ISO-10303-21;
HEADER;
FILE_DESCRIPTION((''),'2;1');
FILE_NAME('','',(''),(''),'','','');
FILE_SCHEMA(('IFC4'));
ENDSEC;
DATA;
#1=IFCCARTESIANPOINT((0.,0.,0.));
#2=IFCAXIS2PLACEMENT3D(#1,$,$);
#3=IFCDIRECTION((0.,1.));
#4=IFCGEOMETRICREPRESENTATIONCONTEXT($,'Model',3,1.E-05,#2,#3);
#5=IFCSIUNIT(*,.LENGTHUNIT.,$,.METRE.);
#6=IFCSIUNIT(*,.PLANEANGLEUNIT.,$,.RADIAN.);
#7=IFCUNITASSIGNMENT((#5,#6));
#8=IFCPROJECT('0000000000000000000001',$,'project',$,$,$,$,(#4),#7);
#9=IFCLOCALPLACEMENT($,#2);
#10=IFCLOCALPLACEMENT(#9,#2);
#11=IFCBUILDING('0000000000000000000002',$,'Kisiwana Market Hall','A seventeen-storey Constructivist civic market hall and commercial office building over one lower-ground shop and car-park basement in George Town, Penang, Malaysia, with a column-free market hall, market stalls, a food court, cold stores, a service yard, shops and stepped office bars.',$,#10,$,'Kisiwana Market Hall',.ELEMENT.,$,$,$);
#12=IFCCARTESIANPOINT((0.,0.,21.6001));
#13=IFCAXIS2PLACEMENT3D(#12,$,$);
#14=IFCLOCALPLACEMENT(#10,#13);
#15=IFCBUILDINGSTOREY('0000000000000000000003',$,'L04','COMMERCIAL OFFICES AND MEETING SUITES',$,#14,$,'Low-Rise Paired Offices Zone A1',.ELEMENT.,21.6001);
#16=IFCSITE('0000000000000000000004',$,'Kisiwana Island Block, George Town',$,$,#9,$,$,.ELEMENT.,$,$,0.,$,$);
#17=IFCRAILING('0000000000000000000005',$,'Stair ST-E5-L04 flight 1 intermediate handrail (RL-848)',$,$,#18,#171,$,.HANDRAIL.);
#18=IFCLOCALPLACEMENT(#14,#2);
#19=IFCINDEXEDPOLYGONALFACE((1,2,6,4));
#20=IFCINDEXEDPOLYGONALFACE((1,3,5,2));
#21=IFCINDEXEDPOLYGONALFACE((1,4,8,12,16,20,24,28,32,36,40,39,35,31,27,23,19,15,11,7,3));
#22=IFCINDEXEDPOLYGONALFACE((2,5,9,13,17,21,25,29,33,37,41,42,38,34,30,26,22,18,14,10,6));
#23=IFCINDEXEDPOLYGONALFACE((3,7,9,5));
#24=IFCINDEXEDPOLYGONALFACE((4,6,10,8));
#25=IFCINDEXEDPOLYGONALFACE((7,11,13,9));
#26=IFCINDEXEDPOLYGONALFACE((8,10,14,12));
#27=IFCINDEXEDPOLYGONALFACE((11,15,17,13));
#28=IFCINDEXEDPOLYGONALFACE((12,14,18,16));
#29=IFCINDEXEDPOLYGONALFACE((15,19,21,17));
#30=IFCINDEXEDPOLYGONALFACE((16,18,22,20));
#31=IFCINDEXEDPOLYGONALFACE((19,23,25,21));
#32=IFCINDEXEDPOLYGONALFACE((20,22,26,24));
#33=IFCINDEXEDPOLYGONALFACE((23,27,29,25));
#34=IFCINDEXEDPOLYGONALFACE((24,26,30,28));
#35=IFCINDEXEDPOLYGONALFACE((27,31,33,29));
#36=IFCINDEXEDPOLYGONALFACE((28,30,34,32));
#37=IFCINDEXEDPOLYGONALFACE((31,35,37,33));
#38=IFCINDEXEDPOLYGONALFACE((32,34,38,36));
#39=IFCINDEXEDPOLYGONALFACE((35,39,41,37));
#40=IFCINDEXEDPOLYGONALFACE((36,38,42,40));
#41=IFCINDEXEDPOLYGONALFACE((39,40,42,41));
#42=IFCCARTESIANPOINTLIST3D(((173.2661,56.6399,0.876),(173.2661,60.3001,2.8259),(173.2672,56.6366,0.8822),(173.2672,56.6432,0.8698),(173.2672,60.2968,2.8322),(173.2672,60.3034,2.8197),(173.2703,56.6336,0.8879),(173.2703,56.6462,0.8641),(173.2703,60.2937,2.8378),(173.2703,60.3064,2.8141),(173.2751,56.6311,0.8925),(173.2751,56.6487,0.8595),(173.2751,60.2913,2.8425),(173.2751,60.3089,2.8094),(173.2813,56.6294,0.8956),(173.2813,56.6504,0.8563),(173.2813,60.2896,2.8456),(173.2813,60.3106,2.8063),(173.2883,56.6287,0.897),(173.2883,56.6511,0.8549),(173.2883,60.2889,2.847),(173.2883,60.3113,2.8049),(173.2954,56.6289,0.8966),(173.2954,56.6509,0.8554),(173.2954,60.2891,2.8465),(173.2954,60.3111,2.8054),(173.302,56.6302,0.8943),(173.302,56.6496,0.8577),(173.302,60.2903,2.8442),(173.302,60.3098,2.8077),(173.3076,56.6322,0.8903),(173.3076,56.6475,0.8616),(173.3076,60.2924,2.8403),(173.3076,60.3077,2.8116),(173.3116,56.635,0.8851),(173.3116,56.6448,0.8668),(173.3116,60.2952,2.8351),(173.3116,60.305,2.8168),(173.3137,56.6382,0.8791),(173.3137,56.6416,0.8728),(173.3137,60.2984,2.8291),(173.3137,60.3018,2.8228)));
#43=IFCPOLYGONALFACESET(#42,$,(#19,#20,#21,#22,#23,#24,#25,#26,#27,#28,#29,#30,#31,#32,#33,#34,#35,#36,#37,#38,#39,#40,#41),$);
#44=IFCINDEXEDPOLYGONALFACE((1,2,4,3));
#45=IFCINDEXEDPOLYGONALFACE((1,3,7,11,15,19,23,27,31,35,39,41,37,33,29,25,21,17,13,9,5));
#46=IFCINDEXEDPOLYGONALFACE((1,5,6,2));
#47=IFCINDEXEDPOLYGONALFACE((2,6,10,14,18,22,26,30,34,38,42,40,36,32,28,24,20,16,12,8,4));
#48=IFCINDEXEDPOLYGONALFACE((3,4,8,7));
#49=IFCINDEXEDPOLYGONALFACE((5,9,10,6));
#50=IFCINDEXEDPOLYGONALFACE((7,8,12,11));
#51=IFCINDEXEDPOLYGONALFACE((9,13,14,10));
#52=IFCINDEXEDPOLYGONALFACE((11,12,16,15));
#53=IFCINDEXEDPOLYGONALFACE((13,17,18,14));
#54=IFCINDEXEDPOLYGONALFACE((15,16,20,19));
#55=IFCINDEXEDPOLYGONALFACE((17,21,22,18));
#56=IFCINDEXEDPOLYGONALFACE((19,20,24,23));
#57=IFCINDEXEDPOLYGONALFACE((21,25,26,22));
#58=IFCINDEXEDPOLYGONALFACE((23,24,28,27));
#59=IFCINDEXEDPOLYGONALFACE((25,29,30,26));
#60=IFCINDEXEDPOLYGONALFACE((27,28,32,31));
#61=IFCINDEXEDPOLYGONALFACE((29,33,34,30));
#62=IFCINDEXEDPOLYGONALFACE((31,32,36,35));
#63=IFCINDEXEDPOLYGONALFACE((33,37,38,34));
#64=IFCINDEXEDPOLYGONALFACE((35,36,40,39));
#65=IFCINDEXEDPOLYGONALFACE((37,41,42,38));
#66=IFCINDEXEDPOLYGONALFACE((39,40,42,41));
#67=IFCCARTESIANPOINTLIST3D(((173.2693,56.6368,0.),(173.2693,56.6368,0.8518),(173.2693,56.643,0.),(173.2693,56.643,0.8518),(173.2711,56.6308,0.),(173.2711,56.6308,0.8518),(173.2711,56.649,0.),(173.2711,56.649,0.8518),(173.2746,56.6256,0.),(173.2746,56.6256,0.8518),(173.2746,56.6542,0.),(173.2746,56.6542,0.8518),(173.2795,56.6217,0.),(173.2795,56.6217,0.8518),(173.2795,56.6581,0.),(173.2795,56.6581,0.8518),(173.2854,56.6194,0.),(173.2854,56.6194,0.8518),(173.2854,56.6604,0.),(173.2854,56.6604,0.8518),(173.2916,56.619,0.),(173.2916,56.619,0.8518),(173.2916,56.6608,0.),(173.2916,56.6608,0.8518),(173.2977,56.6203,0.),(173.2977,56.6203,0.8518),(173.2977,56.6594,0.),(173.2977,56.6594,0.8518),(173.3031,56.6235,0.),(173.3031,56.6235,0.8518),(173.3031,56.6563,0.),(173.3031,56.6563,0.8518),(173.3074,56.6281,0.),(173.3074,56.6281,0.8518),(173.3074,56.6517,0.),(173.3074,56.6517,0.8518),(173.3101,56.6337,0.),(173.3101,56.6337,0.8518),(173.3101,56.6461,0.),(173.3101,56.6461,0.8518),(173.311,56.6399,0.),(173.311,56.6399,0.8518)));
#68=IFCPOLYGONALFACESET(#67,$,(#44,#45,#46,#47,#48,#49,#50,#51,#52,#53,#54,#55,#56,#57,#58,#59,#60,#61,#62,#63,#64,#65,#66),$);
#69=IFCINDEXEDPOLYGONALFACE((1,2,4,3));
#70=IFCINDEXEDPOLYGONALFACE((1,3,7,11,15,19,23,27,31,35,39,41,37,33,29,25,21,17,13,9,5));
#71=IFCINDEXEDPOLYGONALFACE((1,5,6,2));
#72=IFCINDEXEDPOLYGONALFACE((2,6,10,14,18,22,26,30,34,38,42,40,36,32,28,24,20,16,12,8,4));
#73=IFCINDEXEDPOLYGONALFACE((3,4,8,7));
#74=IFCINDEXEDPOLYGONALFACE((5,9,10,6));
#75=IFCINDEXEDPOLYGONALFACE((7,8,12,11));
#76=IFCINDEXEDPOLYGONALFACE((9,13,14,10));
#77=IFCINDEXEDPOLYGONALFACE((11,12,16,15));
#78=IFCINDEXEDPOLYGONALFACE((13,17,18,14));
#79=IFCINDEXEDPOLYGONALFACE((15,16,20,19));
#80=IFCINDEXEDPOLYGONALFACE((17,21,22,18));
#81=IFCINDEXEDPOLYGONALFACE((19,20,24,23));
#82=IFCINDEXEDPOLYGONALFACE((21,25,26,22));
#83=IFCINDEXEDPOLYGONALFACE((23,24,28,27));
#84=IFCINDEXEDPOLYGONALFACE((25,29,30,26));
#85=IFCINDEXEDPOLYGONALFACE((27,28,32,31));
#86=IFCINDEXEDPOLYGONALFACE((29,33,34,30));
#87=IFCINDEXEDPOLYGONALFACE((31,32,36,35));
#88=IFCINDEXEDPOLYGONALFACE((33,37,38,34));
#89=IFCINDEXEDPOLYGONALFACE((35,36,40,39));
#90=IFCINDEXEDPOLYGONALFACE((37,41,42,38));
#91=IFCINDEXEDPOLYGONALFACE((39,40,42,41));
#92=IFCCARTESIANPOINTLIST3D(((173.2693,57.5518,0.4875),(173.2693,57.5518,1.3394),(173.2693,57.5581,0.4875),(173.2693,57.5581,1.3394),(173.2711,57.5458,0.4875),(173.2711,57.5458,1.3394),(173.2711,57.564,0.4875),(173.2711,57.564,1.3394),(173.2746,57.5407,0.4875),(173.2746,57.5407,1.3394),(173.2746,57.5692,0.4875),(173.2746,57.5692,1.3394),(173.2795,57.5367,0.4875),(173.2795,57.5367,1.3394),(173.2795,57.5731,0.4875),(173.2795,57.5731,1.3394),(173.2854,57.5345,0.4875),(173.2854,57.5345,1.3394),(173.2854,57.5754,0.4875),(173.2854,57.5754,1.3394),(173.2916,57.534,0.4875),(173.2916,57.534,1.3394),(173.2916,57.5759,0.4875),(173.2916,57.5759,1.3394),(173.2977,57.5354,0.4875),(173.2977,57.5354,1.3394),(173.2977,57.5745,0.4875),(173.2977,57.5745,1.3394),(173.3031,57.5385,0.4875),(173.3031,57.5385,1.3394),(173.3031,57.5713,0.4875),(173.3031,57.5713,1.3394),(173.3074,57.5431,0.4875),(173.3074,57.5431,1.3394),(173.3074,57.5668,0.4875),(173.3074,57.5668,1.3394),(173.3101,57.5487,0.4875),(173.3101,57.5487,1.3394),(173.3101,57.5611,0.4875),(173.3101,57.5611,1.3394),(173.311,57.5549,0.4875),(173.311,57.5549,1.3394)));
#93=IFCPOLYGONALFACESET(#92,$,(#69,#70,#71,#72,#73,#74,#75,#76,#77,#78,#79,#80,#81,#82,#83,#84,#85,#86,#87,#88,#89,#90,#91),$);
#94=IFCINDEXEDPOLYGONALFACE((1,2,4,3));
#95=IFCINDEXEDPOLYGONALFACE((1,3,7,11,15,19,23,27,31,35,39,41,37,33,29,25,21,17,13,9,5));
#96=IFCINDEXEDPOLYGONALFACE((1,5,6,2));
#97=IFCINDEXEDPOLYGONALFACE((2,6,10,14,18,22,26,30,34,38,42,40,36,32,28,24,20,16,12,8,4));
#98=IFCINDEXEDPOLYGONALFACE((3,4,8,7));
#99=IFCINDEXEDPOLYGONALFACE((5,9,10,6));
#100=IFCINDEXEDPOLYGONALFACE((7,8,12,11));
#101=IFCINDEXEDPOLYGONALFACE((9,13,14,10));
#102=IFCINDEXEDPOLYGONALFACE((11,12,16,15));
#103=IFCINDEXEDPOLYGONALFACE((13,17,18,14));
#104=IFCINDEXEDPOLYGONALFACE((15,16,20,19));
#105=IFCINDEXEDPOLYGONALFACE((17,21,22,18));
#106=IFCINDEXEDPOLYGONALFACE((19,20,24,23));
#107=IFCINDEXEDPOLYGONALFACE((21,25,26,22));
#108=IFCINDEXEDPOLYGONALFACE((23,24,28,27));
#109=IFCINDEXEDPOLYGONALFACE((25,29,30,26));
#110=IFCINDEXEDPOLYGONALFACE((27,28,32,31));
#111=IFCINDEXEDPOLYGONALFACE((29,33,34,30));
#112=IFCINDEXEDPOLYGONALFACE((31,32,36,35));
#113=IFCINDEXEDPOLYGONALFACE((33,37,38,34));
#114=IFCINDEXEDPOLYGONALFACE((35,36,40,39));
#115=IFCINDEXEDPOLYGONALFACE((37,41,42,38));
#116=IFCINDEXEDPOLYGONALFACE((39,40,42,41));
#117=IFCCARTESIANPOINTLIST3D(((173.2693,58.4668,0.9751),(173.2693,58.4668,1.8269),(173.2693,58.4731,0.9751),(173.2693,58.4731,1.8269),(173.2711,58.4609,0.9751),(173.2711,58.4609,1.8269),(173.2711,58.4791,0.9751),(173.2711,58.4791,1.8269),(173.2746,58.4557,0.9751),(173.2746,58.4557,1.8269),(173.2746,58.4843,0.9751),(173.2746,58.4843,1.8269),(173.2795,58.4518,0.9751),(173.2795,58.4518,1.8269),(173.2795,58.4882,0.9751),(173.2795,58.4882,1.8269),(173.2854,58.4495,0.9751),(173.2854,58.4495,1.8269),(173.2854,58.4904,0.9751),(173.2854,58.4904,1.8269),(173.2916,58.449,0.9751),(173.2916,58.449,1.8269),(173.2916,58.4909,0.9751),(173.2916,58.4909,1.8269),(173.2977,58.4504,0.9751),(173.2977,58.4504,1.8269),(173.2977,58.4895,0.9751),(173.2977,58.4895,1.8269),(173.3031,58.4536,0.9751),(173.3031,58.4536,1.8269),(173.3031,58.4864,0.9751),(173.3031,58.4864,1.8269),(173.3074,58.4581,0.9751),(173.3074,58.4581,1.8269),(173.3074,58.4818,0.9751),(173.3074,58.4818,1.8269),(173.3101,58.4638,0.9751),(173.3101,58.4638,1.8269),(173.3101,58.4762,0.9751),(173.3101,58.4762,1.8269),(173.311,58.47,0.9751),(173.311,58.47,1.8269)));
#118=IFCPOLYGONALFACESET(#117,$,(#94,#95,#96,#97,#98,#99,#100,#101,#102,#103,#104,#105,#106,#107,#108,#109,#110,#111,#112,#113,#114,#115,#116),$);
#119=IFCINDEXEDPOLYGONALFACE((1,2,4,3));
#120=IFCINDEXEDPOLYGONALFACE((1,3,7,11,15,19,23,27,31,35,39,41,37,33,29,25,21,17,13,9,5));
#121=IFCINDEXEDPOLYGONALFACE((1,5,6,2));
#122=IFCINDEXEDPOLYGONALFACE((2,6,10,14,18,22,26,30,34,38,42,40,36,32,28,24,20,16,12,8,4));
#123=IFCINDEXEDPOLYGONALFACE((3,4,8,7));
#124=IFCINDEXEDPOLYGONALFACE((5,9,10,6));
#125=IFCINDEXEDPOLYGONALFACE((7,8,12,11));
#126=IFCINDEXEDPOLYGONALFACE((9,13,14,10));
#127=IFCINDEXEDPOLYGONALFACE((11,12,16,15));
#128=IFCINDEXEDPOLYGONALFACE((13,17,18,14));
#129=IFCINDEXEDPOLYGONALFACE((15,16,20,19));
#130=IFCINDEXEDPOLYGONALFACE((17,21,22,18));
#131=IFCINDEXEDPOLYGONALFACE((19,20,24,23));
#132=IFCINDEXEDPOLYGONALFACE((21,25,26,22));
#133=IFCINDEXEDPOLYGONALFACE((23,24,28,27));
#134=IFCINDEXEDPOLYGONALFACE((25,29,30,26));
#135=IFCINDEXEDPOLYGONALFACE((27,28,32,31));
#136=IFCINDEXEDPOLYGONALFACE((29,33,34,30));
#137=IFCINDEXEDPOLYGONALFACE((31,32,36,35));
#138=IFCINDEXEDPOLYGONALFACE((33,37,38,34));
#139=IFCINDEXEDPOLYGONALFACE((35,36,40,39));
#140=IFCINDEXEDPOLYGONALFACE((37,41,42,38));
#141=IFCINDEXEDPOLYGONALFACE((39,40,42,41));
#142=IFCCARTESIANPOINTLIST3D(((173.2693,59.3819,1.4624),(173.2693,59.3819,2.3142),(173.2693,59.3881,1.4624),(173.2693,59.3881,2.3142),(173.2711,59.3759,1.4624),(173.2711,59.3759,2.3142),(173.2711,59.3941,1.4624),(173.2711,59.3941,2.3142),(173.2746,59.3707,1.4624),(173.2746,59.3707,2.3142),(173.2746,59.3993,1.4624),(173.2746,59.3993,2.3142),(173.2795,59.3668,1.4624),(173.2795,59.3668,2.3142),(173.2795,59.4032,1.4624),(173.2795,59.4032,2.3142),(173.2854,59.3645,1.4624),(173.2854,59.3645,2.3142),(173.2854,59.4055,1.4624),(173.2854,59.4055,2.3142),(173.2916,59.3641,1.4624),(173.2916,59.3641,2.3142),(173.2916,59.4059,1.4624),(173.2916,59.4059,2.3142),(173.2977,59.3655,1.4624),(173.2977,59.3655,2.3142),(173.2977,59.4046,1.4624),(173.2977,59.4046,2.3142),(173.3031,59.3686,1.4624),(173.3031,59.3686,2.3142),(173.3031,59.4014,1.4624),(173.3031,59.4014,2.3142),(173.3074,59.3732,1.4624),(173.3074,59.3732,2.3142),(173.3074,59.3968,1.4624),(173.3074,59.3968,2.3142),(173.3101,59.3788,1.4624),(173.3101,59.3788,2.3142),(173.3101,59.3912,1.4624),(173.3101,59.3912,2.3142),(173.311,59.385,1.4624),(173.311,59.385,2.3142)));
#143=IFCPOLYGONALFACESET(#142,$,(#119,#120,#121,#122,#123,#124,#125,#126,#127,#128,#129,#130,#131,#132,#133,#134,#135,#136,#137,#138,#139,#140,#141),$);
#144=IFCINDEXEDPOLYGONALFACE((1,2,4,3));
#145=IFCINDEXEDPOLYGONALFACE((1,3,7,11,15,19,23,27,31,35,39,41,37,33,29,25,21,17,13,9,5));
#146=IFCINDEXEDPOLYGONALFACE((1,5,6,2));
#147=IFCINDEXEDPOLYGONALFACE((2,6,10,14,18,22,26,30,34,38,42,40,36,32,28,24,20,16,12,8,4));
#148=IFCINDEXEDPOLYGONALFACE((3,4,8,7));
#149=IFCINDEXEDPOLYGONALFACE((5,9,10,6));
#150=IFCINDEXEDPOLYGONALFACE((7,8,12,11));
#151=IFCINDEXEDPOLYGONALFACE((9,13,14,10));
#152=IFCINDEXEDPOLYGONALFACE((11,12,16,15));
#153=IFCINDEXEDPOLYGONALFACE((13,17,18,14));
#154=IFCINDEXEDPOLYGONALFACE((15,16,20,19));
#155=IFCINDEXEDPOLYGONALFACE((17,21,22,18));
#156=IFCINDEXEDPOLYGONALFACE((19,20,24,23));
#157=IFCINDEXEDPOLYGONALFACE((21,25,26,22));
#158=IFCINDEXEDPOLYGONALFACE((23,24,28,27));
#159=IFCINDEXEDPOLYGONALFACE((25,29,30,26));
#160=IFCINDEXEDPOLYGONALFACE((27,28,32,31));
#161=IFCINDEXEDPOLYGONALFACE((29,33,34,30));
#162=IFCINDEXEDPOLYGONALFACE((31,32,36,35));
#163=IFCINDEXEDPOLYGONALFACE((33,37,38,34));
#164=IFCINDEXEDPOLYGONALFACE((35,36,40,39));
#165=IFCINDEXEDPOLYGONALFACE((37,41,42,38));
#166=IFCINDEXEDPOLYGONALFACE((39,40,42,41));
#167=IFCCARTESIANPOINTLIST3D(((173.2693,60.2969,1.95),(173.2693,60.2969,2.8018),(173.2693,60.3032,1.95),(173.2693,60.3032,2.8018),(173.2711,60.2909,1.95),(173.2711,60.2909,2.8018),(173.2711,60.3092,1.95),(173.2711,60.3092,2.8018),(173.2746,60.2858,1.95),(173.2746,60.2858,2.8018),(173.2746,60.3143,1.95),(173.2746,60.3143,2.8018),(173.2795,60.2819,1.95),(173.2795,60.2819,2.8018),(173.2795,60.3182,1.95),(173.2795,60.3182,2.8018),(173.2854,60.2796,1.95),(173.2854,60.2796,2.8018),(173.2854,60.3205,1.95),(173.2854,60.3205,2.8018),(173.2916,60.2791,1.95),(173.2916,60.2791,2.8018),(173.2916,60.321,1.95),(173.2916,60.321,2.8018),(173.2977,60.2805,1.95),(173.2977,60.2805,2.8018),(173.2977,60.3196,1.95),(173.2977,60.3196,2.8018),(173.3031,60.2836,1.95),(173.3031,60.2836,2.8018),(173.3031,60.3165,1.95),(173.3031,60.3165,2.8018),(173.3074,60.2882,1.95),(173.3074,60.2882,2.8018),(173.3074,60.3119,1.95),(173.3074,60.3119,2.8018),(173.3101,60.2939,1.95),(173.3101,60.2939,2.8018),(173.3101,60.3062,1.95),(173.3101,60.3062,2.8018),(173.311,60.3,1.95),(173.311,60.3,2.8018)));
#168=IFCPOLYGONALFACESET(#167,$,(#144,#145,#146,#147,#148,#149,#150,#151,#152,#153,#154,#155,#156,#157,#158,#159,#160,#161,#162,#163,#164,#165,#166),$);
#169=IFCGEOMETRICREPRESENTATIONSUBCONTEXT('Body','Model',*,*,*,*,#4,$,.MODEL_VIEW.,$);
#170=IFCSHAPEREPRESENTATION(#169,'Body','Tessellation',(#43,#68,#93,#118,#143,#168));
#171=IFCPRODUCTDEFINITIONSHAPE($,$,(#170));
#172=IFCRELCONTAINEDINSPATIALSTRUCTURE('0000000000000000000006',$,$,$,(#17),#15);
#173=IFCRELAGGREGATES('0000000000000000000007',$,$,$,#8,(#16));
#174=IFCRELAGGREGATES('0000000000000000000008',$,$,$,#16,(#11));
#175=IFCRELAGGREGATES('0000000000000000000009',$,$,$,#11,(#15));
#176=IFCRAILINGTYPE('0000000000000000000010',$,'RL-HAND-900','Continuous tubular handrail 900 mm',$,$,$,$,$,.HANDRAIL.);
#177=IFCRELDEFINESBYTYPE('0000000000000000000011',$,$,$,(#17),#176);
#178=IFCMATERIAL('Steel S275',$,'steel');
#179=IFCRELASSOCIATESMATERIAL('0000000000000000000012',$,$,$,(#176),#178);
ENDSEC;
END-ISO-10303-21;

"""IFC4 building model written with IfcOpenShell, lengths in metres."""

from ifc_helpers import new_model, si_unit, direction, frame, origin, origin_2d, place, context, subcontext, project, spatial, circle, extrude, material, type_object, element, save


model = new_model("IFC4")

# Units and contexts
model_context = context("Model", 3, precision=1e-05, world=origin(), true_north=direction((0.0, 1.0)))
body_context = subcontext(model_context, "Body", "Model", "MODEL_VIEW")
ifc_project = project(units=[si_unit("LENGTHUNIT", "METRE"), si_unit("PLANEANGLEUNIT", "RADIAN")], contexts=[model_context])

# Site, building, storey
site_placement = place(None, origin())
site = spatial("IfcSite", under=ifc_project, at=site_placement, Name="Kisiwana Island Block, George Town", CompositionType="ELEMENT", RefElevation=0.0)
building_placement = place(site_placement, origin())
building = spatial("IfcBuilding", under=site, at=building_placement, Name="Kisiwana Market Hall", Description="A seventeen-storey Constructivist civic market hall and commercial office building over one lower-ground shop and car-park basement in George Town, Penang, Malaysia, with a column-free market hall, market stalls, a food court, cold stores, a service yard, shops and stepped office bars.", LongName="Kisiwana Market Hall", CompositionType="ELEMENT")
storey_placement = place(building_placement, frame((0.0, 0.0, 21.6001)))
storey = spatial("IfcBuildingStorey", under=building, at=storey_placement, Name="L04", Description="COMMERCIAL OFFICES AND MEETING SUITES", LongName="Low-Rise Paired Offices Zone A1", CompositionType="ELEMENT", Elevation=21.6001)

# Railing
ifc_material_1 = material(Name="Steel S275", Category="steel")
railing_type_1 = type_object("IfcRailingType", Name="RL-HAND-900", Description="Continuous tubular handrail 900 mm", PredefinedType="HANDRAIL", material=ifc_material_1)
for number, where, name in (
    (1, (173.29, 56.6399, 0.0), "Stair ST-E5-L04 flight 1 intermediate handrail (RL-848)"),
):
    element("IfcRailing", number, at=place(storey_placement, frame(where)), inside=storey, type_object=railing_type_1, Name=name, PredefinedType="HANDRAIL", context=body_context, shape_type="SweptSolid", body=[
        extrude(circle(Radius=0.0239, at=origin_2d()), frame((0.0, 0.0, 0.876), z_axis=(0.0, 0.882566, 0.470188), x_axis=(-1.0, 0.0, 0.0)), (0.0, 0.0, 1.0), 4.1472),
        extrude(circle(Radius=0.021, at=origin_2d()), origin(), (0.0, 0.0, 1.0), 0.8518),
        extrude(circle(Radius=0.021, at=origin_2d()), frame((0.0, 0.915, 0.4875)), (0.0, 0.0, 1.0), 0.8518),
        extrude(circle(Radius=0.021, at=origin_2d()), frame((0.0, 1.8301, 0.9751)), (0.0, 0.0, 1.0), 0.8518),
        extrude(circle(Radius=0.021, at=origin_2d()), frame((0.0, 2.7451, 1.4624)), (0.0, 0.0, 1.0), 0.8518),
        extrude(circle(Radius=0.021, at=origin_2d()), frame((0.0, 3.6602, 1.95)), (0.0, 0.0, 1.0), 0.8518),
    ])

save(model, "model.ifc")
